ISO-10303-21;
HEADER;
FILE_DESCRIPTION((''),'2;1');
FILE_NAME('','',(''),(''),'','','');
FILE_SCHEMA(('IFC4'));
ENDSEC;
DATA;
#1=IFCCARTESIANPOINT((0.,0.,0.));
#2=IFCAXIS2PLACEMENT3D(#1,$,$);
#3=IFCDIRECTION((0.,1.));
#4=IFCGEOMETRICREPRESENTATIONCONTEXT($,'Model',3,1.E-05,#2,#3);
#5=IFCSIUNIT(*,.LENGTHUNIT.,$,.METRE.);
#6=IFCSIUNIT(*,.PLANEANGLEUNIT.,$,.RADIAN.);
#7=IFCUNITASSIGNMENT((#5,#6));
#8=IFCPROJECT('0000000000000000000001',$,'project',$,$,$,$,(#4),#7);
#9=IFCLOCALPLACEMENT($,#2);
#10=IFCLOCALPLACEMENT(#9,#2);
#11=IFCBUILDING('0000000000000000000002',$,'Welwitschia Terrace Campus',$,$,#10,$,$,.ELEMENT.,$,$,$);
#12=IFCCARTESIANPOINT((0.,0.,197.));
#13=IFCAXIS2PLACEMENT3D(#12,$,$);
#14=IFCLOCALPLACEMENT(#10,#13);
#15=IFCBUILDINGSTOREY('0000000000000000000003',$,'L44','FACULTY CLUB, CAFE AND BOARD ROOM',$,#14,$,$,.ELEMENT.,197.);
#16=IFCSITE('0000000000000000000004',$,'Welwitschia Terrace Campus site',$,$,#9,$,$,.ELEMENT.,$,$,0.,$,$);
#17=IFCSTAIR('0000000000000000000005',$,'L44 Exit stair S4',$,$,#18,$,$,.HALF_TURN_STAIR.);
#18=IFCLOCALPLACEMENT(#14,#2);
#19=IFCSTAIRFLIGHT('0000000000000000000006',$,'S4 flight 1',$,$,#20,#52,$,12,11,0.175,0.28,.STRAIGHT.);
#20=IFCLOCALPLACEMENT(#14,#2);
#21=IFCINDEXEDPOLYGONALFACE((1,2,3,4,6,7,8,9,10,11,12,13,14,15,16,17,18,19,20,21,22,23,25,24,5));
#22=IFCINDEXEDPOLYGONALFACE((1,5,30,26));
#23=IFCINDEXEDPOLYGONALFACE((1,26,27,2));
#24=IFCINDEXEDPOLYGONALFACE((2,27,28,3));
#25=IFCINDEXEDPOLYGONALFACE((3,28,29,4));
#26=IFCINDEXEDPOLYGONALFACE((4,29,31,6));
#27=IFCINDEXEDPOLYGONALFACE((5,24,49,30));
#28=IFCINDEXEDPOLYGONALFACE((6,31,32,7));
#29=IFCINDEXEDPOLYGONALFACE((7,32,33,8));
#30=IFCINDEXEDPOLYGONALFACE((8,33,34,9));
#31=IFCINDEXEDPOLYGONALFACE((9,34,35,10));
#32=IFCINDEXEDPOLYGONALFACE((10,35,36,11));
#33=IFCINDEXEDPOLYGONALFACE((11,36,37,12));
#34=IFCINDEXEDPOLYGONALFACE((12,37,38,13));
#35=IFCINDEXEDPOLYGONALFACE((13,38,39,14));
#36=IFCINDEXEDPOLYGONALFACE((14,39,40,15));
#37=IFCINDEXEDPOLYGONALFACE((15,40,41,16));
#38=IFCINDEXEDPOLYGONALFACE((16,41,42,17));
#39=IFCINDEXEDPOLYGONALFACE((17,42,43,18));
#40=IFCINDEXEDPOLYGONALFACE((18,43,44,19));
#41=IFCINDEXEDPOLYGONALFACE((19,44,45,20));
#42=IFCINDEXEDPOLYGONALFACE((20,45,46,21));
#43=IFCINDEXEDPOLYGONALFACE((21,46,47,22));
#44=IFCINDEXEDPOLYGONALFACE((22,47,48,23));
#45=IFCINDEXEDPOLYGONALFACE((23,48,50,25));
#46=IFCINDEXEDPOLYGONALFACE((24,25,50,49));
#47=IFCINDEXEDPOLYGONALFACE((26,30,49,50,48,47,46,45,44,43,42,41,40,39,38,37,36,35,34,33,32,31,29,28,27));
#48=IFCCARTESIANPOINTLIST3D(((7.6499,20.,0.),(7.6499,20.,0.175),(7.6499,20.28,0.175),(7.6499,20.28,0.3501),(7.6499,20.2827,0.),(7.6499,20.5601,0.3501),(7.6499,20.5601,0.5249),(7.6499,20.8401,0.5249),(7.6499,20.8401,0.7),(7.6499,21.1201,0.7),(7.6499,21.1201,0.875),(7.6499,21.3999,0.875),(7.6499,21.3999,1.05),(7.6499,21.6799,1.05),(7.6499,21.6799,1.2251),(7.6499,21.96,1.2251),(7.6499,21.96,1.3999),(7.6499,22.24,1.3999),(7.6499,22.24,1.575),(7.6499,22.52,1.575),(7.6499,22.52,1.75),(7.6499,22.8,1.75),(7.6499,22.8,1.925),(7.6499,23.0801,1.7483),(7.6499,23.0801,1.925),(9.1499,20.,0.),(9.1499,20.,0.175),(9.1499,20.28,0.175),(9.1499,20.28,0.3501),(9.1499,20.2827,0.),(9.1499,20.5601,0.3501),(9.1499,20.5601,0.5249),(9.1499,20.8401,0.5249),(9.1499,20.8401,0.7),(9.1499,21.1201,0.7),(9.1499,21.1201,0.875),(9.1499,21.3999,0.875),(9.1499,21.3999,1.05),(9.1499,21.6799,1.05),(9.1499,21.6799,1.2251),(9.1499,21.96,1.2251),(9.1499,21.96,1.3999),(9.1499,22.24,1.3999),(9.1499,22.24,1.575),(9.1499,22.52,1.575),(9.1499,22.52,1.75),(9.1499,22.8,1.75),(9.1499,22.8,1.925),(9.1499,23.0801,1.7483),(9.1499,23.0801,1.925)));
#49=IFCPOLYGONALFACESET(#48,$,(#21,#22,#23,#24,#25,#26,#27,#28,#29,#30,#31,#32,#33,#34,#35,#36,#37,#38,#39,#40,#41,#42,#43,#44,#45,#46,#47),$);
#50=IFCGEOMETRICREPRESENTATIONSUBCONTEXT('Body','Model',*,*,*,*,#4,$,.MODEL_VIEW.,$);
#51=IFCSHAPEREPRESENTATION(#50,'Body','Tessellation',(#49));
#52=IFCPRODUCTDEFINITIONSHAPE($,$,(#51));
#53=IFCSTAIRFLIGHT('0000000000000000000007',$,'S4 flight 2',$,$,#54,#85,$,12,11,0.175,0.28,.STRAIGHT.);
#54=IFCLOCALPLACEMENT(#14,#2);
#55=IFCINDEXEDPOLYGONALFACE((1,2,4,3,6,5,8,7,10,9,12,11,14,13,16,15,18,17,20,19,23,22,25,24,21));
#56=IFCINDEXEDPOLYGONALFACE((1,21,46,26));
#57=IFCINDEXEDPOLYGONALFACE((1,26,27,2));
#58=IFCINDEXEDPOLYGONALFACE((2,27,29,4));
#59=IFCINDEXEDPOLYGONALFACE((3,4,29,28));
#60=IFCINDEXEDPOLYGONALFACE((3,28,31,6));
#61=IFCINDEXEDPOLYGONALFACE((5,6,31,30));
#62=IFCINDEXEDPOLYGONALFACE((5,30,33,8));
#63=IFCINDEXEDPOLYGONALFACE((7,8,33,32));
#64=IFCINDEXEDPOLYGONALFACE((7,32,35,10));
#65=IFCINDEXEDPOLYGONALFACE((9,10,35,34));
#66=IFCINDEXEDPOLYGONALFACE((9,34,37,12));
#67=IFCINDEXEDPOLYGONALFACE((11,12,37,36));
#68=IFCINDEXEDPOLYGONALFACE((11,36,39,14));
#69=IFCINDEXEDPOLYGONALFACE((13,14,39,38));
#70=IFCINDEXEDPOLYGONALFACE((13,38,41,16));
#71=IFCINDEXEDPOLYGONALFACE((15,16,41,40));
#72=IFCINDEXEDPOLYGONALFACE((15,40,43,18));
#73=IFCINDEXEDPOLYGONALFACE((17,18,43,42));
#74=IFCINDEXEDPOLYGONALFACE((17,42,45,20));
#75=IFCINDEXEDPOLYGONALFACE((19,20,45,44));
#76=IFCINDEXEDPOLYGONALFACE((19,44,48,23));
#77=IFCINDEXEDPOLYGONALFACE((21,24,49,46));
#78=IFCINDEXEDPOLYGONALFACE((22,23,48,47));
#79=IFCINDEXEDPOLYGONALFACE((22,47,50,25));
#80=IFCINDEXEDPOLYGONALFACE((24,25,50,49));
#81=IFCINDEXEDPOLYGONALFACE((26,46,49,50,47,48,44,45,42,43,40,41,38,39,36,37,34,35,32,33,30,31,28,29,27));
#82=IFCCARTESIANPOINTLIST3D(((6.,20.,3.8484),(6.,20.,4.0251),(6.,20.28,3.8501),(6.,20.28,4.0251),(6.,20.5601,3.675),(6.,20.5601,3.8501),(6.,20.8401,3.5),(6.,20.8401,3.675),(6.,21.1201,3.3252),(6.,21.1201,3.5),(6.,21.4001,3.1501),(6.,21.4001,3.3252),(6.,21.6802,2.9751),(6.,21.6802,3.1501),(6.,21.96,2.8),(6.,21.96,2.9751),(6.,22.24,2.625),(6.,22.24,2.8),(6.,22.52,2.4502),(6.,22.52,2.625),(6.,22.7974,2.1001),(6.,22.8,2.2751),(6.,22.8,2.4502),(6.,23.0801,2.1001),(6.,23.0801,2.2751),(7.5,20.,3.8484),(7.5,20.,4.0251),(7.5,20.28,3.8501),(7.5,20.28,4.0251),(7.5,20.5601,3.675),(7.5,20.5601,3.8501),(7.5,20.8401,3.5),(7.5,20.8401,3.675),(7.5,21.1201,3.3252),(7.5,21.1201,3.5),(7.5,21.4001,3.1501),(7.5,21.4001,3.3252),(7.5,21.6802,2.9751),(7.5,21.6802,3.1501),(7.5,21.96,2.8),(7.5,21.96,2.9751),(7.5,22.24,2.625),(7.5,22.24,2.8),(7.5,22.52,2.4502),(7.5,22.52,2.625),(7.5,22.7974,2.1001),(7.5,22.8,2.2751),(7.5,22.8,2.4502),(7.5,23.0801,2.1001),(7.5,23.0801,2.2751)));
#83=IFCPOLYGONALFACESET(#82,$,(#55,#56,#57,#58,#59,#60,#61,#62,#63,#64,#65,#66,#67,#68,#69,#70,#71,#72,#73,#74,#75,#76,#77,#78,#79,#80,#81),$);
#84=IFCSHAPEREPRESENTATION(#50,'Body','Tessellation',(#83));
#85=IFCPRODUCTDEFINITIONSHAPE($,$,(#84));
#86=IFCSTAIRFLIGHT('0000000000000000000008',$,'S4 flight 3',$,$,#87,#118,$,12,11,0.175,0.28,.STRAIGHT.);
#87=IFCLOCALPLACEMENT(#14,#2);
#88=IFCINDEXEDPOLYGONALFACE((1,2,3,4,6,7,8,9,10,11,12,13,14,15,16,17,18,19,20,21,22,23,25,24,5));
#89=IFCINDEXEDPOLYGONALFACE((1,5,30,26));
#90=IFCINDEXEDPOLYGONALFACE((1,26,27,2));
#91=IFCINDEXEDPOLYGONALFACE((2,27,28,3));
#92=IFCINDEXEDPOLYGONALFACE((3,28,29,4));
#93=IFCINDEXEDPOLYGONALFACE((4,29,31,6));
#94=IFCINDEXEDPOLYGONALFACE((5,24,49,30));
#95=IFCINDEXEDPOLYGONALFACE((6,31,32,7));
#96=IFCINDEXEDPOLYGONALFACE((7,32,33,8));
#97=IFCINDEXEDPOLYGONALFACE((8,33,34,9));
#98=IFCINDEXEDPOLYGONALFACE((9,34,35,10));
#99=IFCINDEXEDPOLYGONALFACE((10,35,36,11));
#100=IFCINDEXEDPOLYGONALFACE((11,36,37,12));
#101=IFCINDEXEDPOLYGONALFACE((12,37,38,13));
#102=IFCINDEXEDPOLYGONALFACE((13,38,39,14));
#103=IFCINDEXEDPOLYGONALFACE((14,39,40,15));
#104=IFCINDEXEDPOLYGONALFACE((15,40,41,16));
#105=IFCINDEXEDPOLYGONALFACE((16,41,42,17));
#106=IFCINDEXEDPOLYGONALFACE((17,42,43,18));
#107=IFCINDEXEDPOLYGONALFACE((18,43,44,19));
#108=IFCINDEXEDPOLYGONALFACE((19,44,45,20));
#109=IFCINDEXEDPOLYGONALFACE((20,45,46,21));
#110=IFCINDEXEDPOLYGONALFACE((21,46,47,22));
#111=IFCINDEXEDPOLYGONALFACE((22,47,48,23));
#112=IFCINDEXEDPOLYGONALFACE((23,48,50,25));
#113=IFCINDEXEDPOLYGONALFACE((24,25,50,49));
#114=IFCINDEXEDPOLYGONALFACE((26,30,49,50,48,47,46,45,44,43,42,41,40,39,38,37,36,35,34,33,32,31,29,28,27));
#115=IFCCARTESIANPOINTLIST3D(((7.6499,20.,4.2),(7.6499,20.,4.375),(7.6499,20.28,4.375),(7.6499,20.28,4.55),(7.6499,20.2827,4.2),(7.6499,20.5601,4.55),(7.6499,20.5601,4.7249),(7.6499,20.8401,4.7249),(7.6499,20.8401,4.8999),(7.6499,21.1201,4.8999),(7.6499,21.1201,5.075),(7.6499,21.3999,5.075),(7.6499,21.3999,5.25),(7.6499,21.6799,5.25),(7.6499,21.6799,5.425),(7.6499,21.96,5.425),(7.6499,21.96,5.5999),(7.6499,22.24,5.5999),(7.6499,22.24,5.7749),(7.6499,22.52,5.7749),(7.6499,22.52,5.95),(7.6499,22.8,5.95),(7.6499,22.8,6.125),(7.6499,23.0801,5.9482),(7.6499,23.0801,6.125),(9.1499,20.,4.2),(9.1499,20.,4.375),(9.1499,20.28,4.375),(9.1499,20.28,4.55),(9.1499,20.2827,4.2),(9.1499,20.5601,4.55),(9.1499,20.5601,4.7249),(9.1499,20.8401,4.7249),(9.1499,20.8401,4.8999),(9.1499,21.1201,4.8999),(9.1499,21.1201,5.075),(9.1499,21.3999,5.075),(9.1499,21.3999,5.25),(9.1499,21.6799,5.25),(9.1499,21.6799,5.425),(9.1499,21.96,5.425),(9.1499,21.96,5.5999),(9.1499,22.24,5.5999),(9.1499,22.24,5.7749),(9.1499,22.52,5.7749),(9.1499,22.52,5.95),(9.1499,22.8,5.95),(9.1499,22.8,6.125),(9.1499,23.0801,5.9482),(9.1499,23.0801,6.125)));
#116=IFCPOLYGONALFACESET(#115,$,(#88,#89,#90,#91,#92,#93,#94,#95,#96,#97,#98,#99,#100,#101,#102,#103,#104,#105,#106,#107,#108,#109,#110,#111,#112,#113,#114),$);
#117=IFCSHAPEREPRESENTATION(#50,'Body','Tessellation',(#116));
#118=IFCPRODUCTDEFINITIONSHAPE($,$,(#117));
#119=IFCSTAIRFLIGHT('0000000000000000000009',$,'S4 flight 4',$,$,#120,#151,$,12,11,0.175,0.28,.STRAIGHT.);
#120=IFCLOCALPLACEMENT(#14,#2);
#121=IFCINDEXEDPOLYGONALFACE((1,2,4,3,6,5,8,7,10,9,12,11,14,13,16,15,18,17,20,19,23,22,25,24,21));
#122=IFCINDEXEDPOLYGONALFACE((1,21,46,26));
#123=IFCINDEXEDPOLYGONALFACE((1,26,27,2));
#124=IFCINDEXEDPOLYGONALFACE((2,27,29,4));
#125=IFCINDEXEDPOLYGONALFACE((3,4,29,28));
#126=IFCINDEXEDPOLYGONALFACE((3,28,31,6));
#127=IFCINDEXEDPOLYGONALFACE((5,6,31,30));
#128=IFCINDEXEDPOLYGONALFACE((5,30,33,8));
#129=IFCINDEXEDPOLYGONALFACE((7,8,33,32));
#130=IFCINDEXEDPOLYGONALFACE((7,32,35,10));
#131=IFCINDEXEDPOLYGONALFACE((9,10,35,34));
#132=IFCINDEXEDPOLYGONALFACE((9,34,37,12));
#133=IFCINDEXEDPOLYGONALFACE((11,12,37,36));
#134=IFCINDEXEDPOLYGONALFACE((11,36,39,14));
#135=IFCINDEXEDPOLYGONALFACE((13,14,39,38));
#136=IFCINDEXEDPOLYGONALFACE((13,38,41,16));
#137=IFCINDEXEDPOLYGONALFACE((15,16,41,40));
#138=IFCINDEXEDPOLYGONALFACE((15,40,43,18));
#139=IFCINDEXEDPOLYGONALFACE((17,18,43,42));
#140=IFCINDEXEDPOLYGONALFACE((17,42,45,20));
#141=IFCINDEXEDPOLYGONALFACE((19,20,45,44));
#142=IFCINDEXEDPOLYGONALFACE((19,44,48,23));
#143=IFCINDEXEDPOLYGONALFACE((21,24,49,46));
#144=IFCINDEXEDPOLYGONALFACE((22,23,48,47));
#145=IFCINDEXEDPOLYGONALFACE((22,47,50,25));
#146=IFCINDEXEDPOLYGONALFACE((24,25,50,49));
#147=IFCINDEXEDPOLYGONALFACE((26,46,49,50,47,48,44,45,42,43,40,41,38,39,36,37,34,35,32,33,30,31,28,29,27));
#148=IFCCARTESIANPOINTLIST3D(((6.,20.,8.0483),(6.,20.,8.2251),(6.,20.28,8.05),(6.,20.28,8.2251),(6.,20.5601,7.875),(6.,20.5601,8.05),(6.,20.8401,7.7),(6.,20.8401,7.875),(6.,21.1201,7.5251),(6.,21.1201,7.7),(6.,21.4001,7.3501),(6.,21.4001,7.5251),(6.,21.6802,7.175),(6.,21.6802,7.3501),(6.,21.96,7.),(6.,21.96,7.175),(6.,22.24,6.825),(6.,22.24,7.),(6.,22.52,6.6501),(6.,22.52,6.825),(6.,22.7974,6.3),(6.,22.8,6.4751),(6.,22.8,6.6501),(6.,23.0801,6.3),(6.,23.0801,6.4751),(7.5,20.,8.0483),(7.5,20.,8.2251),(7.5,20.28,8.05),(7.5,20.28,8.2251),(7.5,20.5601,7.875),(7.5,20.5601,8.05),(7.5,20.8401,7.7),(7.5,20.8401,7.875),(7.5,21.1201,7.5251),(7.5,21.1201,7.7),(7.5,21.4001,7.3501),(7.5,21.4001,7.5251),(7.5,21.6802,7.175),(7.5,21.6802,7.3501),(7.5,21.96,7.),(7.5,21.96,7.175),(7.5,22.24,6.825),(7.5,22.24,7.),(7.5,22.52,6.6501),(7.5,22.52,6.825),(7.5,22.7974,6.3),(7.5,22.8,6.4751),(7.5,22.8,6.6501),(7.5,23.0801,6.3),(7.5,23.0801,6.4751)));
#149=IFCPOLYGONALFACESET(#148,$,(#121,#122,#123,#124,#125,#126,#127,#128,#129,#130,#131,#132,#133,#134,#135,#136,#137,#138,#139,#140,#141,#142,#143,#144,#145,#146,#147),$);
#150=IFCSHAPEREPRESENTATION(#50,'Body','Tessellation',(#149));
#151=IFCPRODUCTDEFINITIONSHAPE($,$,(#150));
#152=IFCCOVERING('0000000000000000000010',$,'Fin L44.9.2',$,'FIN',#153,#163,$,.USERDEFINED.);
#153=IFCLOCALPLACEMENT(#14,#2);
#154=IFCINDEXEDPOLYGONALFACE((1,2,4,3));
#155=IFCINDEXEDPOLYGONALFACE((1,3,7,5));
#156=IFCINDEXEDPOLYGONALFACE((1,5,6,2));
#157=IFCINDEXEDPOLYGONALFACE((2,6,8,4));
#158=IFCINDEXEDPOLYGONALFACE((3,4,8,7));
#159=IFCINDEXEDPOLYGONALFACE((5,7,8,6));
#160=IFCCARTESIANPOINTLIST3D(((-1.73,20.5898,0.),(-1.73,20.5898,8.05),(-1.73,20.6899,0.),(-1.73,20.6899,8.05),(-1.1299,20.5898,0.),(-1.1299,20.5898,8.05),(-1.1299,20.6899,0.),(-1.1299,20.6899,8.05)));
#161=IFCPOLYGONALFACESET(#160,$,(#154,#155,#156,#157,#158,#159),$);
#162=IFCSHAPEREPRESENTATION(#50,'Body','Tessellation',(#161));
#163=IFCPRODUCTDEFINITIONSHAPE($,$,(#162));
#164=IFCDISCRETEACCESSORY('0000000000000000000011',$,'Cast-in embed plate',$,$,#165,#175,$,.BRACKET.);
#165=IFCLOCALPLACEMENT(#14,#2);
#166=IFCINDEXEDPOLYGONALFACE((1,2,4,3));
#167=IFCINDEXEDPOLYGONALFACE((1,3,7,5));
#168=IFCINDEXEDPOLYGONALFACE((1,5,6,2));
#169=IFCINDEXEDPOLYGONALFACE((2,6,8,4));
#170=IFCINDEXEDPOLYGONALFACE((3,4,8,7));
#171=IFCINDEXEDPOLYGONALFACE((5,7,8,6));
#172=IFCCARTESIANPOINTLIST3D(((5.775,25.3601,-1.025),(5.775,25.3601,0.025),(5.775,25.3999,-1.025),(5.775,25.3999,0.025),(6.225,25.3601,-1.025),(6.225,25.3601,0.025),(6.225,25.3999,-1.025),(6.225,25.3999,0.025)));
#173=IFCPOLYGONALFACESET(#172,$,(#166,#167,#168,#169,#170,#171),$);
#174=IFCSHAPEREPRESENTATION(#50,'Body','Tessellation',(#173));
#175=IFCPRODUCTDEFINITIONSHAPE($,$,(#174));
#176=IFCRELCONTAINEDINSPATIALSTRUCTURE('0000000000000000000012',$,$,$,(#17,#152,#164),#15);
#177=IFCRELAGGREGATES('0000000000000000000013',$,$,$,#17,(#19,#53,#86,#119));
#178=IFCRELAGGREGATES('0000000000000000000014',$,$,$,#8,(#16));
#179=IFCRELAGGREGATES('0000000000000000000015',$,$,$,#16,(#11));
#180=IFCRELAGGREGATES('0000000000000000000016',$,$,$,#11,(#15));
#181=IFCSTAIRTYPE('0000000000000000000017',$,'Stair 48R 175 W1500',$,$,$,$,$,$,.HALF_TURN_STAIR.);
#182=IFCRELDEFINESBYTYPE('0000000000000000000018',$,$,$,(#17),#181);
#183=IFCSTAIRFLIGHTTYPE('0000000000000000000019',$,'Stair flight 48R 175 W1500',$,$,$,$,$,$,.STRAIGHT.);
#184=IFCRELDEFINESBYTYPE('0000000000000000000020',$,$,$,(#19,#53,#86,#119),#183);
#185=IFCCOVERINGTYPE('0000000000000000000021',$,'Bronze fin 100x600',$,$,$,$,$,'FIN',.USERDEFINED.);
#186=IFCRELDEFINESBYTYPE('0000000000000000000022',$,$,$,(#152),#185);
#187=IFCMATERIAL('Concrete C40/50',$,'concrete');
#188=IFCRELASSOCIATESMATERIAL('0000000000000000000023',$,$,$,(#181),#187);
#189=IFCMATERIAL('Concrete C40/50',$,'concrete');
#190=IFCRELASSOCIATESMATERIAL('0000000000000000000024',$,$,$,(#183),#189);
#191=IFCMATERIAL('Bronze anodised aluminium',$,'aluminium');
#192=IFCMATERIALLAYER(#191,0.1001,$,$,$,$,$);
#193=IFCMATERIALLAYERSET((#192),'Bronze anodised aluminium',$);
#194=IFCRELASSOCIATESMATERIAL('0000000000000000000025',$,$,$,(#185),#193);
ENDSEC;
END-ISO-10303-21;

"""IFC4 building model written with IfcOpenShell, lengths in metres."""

from ifc_helpers import new_model, si_unit, direction, frame, origin, origin_2d, place, context, subcontext, project, spatial, polyline, rectangle, outline, extrude, material, layer, layer_set, type_object, element, aggregate, save


model = new_model("IFC4")

# Units and contexts
model_context = context("Model", 3, precision=1e-05, world=origin(), true_north=direction((0.0, 1.0)))
body_context = subcontext(model_context, "Body", "Model", "MODEL_VIEW")
ifc_project = project(units=[si_unit("LENGTHUNIT", "METRE"), si_unit("PLANEANGLEUNIT", "RADIAN")], contexts=[model_context])

# Site, building, storey
site_placement = place(None, origin())
site = spatial("IfcSite", under=ifc_project, at=site_placement, Name="Welwitschia Terrace Campus site", CompositionType="ELEMENT", RefElevation=0.0)
building_placement = place(site_placement, origin())
building = spatial("IfcBuilding", under=site, at=building_placement, Name="Welwitschia Terrace Campus", CompositionType="ELEMENT")
storey_placement = place(building_placement, frame((0.0, 0.0, 197.0)))
storey = spatial("IfcBuildingStorey", under=building, at=storey_placement, Name="L44", Description="FACULTY CLUB, CAFE AND BOARD ROOM", CompositionType="ELEMENT", Elevation=197.0)

# Stair, stair flights
ifc_material_1 = material(Name="Concrete C40/50", Category="concrete")
stair_type = type_object("IfcStairType", Name="Stair 48R 175 W1500", PredefinedType="HALF_TURN_STAIR", material=ifc_material_1)
stair_placement = place(storey_placement, origin())
stair = element("IfcStair", 1, at=stair_placement, inside=storey, type_object=stair_type, Name="L44 Exit stair S4", PredefinedType="HALF_TURN_STAIR")
ifc_material_2 = material(Name="Concrete C40/50", Category="concrete")
stair_flight_type = type_object("IfcStairFlightType", Name="Stair flight 48R 175 W1500", PredefinedType="STRAIGHT", material=ifc_material_2)
stair_flight_1_placement = place(storey_placement, frame((8.3999, 20.0, 0.0), z_axis=(0.0, 0.0, 1.0), x_axis=(0.0, 1.0, 0.0)))
stair_flight_1 = element("IfcStairFlight", 2, at=stair_flight_1_placement, type_object=stair_flight_type, Name="S4 flight 1", NumberOfRisers=12, NumberOfTreads=11, PredefinedType="STRAIGHT", RiserHeight=0.175, TreadLength=0.28, context=body_context, shape_type="SweptSolid", body=[
    extrude(outline(polyline([(0.0, 0.0), (0.0, 0.175), (0.28, 0.175), (0.28, 0.3501), (0.5601, 0.3501), (0.5601, 0.5249), (0.8401, 0.5249), (0.8401, 0.7), (1.1201, 0.7), (1.1201, 0.875), (1.3999, 0.875), (1.3999, 1.05), (1.6799, 1.05), (1.6799, 1.2251), (1.96, 1.2251), (1.96, 1.3999), (2.24, 1.3999), (2.24, 1.575), (2.52, 1.575), (2.52, 1.75), (2.8, 1.75), (2.8, 1.925), (3.0801, 1.925), (3.0801, 2.1001), (3.0801, 1.7483), (0.2827, 0.0), (0.0, 0.0)])), frame((0.0, 0.75, 0.0), z_axis=(0.0, -1.0, 0.0), x_axis=(1.0, 0.0, 0.0)), (0.0, 0.0, 1.0), 1.5),
])
stair_flight_2_placement = place(storey_placement, frame((6.75, 23.0801, 2.1001), z_axis=(0.0, 0.0, 1.0), x_axis=(0.0, -1.0, 0.0)))
stair_flight_2 = element("IfcStairFlight", 3, at=stair_flight_2_placement, type_object=stair_flight_type, Name="S4 flight 2", NumberOfRisers=12, NumberOfTreads=11, PredefinedType="STRAIGHT", RiserHeight=0.175, TreadLength=0.28, context=body_context, shape_type="SweptSolid", body=[
    extrude(outline(polyline([(0.0, 0.0), (0.0, 0.175), (0.28, 0.175), (0.28, 0.3501), (0.5601, 0.3501), (0.5601, 0.5249), (0.8401, 0.5249), (0.8401, 0.7), (1.1201, 0.7), (1.1201, 0.875), (1.3999, 0.875), (1.3999, 1.05), (1.6799, 1.05), (1.6799, 1.2251), (1.96, 1.2251), (1.96, 1.3999), (2.24, 1.3999), (2.24, 1.575), (2.52, 1.575), (2.52, 1.75), (2.8, 1.75), (2.8, 1.925), (3.0801, 1.925), (3.0801, 2.1001), (3.0801, 1.7483), (0.2827, 0.0), (0.0, 0.0)])), frame((0.0, 0.75, 0.0), z_axis=(0.0, -1.0, 0.0), x_axis=(1.0, 0.0, 0.0)), (0.0, 0.0, 1.0), 1.5),
])
stair_flight_3_placement = place(storey_placement, frame((8.3999, 20.0, 4.2), z_axis=(0.0, 0.0, 1.0), x_axis=(0.0, 1.0, 0.0)))
stair_flight_3 = element("IfcStairFlight", 4, at=stair_flight_3_placement, type_object=stair_flight_type, Name="S4 flight 3", NumberOfRisers=12, NumberOfTreads=11, PredefinedType="STRAIGHT", RiserHeight=0.175, TreadLength=0.28, context=body_context, shape_type="SweptSolid", body=[
    extrude(outline(polyline([(0.0, 0.0), (0.0, 0.175), (0.28, 0.175), (0.28, 0.3501), (0.5601, 0.3501), (0.5601, 0.5249), (0.8401, 0.5249), (0.8401, 0.7), (1.1201, 0.7), (1.1201, 0.875), (1.3999, 0.875), (1.3999, 1.05), (1.6799, 1.05), (1.6799, 1.2251), (1.96, 1.2251), (1.96, 1.3999), (2.24, 1.3999), (2.24, 1.575), (2.52, 1.575), (2.52, 1.75), (2.8, 1.75), (2.8, 1.925), (3.0801, 1.925), (3.0801, 2.1001), (3.0801, 1.7483), (0.2827, 0.0), (0.0, 0.0)])), frame((0.0, 0.75, 0.0), z_axis=(0.0, -1.0, 0.0), x_axis=(1.0, 0.0, 0.0)), (0.0, 0.0, 1.0), 1.5),
])
stair_flight_4_placement = place(storey_placement, frame((6.75, 23.0801, 6.3), z_axis=(0.0, 0.0, 1.0), x_axis=(0.0, -1.0, 0.0)))
stair_flight_4 = element("IfcStairFlight", 5, at=stair_flight_4_placement, type_object=stair_flight_type, Name="S4 flight 4", NumberOfRisers=12, NumberOfTreads=11, PredefinedType="STRAIGHT", RiserHeight=0.175, TreadLength=0.28, context=body_context, shape_type="SweptSolid", body=[
    extrude(outline(polyline([(0.0, 0.0), (0.0, 0.175), (0.28, 0.175), (0.28, 0.3501), (0.5601, 0.3501), (0.5601, 0.5249), (0.8401, 0.5249), (0.8401, 0.7), (1.1201, 0.7), (1.1201, 0.875), (1.3999, 0.875), (1.3999, 1.05), (1.6799, 1.05), (1.6799, 1.2251), (1.96, 1.2251), (1.96, 1.3999), (2.24, 1.3999), (2.24, 1.575), (2.52, 1.575), (2.52, 1.75), (2.8, 1.75), (2.8, 1.925), (3.0801, 1.925), (3.0801, 2.1001), (3.0801, 1.7483), (0.2827, 0.0), (0.0, 0.0)])), frame((0.0, 0.75, 0.0), z_axis=(0.0, -1.0, 0.0), x_axis=(1.0, 0.0, 0.0)), (0.0, 0.0, 1.0), 1.5),
])
aggregate(stair, [stair_flight_1, stair_flight_2, stair_flight_3, stair_flight_4])

# Covering
ifc_material_3 = material(Name="Bronze anodised aluminium", Category="aluminium")
ifc_layer_1 = layer(ifc_material_3, 0.1001)
ifc_layer_set_1 = layer_set([ifc_layer_1], Name="Bronze anodised aluminium")
covering_type = type_object("IfcCoveringType", Name="Bronze fin 100x600", ElementType="FIN", PredefinedType="USERDEFINED", material=ifc_layer_set_1)
covering_placement = place(storey_placement, frame((-1.4299, 20.6399, 0.0), z_axis=(0.0, 0.0, 1.0), x_axis=(0.0, -1.0, 0.0)))
element("IfcCovering", 6, at=covering_placement, inside=storey, type_object=covering_type, Name="Fin L44.9.2", ObjectType="FIN", PredefinedType="USERDEFINED", context=body_context, shape_type="SweptSolid", body=[
    extrude(rectangle(XDim=0.1001, YDim=0.6001, at=origin_2d()), origin(), (0.0, 0.0, 1.0), 8.05),
])

# Discrete accessory
discrete_accessory_1_placement = place(storey_placement, frame((6.0, 25.3999, -0.5), z_axis=(0.0, -1.0, 0.0), x_axis=(1.0, 0.0, 0.0)))
element("IfcDiscreteAccessory", 7, at=discrete_accessory_1_placement, inside=storey, Name="Cast-in embed plate", PredefinedType="BRACKET", context=body_context, shape_type="SweptSolid", body=[
    extrude(rectangle(XDim=0.45, YDim=1.05, at=origin_2d()), origin(), (0.0, 0.0, 1.0), 0.0398),
])

save(model, "model.ifc")
